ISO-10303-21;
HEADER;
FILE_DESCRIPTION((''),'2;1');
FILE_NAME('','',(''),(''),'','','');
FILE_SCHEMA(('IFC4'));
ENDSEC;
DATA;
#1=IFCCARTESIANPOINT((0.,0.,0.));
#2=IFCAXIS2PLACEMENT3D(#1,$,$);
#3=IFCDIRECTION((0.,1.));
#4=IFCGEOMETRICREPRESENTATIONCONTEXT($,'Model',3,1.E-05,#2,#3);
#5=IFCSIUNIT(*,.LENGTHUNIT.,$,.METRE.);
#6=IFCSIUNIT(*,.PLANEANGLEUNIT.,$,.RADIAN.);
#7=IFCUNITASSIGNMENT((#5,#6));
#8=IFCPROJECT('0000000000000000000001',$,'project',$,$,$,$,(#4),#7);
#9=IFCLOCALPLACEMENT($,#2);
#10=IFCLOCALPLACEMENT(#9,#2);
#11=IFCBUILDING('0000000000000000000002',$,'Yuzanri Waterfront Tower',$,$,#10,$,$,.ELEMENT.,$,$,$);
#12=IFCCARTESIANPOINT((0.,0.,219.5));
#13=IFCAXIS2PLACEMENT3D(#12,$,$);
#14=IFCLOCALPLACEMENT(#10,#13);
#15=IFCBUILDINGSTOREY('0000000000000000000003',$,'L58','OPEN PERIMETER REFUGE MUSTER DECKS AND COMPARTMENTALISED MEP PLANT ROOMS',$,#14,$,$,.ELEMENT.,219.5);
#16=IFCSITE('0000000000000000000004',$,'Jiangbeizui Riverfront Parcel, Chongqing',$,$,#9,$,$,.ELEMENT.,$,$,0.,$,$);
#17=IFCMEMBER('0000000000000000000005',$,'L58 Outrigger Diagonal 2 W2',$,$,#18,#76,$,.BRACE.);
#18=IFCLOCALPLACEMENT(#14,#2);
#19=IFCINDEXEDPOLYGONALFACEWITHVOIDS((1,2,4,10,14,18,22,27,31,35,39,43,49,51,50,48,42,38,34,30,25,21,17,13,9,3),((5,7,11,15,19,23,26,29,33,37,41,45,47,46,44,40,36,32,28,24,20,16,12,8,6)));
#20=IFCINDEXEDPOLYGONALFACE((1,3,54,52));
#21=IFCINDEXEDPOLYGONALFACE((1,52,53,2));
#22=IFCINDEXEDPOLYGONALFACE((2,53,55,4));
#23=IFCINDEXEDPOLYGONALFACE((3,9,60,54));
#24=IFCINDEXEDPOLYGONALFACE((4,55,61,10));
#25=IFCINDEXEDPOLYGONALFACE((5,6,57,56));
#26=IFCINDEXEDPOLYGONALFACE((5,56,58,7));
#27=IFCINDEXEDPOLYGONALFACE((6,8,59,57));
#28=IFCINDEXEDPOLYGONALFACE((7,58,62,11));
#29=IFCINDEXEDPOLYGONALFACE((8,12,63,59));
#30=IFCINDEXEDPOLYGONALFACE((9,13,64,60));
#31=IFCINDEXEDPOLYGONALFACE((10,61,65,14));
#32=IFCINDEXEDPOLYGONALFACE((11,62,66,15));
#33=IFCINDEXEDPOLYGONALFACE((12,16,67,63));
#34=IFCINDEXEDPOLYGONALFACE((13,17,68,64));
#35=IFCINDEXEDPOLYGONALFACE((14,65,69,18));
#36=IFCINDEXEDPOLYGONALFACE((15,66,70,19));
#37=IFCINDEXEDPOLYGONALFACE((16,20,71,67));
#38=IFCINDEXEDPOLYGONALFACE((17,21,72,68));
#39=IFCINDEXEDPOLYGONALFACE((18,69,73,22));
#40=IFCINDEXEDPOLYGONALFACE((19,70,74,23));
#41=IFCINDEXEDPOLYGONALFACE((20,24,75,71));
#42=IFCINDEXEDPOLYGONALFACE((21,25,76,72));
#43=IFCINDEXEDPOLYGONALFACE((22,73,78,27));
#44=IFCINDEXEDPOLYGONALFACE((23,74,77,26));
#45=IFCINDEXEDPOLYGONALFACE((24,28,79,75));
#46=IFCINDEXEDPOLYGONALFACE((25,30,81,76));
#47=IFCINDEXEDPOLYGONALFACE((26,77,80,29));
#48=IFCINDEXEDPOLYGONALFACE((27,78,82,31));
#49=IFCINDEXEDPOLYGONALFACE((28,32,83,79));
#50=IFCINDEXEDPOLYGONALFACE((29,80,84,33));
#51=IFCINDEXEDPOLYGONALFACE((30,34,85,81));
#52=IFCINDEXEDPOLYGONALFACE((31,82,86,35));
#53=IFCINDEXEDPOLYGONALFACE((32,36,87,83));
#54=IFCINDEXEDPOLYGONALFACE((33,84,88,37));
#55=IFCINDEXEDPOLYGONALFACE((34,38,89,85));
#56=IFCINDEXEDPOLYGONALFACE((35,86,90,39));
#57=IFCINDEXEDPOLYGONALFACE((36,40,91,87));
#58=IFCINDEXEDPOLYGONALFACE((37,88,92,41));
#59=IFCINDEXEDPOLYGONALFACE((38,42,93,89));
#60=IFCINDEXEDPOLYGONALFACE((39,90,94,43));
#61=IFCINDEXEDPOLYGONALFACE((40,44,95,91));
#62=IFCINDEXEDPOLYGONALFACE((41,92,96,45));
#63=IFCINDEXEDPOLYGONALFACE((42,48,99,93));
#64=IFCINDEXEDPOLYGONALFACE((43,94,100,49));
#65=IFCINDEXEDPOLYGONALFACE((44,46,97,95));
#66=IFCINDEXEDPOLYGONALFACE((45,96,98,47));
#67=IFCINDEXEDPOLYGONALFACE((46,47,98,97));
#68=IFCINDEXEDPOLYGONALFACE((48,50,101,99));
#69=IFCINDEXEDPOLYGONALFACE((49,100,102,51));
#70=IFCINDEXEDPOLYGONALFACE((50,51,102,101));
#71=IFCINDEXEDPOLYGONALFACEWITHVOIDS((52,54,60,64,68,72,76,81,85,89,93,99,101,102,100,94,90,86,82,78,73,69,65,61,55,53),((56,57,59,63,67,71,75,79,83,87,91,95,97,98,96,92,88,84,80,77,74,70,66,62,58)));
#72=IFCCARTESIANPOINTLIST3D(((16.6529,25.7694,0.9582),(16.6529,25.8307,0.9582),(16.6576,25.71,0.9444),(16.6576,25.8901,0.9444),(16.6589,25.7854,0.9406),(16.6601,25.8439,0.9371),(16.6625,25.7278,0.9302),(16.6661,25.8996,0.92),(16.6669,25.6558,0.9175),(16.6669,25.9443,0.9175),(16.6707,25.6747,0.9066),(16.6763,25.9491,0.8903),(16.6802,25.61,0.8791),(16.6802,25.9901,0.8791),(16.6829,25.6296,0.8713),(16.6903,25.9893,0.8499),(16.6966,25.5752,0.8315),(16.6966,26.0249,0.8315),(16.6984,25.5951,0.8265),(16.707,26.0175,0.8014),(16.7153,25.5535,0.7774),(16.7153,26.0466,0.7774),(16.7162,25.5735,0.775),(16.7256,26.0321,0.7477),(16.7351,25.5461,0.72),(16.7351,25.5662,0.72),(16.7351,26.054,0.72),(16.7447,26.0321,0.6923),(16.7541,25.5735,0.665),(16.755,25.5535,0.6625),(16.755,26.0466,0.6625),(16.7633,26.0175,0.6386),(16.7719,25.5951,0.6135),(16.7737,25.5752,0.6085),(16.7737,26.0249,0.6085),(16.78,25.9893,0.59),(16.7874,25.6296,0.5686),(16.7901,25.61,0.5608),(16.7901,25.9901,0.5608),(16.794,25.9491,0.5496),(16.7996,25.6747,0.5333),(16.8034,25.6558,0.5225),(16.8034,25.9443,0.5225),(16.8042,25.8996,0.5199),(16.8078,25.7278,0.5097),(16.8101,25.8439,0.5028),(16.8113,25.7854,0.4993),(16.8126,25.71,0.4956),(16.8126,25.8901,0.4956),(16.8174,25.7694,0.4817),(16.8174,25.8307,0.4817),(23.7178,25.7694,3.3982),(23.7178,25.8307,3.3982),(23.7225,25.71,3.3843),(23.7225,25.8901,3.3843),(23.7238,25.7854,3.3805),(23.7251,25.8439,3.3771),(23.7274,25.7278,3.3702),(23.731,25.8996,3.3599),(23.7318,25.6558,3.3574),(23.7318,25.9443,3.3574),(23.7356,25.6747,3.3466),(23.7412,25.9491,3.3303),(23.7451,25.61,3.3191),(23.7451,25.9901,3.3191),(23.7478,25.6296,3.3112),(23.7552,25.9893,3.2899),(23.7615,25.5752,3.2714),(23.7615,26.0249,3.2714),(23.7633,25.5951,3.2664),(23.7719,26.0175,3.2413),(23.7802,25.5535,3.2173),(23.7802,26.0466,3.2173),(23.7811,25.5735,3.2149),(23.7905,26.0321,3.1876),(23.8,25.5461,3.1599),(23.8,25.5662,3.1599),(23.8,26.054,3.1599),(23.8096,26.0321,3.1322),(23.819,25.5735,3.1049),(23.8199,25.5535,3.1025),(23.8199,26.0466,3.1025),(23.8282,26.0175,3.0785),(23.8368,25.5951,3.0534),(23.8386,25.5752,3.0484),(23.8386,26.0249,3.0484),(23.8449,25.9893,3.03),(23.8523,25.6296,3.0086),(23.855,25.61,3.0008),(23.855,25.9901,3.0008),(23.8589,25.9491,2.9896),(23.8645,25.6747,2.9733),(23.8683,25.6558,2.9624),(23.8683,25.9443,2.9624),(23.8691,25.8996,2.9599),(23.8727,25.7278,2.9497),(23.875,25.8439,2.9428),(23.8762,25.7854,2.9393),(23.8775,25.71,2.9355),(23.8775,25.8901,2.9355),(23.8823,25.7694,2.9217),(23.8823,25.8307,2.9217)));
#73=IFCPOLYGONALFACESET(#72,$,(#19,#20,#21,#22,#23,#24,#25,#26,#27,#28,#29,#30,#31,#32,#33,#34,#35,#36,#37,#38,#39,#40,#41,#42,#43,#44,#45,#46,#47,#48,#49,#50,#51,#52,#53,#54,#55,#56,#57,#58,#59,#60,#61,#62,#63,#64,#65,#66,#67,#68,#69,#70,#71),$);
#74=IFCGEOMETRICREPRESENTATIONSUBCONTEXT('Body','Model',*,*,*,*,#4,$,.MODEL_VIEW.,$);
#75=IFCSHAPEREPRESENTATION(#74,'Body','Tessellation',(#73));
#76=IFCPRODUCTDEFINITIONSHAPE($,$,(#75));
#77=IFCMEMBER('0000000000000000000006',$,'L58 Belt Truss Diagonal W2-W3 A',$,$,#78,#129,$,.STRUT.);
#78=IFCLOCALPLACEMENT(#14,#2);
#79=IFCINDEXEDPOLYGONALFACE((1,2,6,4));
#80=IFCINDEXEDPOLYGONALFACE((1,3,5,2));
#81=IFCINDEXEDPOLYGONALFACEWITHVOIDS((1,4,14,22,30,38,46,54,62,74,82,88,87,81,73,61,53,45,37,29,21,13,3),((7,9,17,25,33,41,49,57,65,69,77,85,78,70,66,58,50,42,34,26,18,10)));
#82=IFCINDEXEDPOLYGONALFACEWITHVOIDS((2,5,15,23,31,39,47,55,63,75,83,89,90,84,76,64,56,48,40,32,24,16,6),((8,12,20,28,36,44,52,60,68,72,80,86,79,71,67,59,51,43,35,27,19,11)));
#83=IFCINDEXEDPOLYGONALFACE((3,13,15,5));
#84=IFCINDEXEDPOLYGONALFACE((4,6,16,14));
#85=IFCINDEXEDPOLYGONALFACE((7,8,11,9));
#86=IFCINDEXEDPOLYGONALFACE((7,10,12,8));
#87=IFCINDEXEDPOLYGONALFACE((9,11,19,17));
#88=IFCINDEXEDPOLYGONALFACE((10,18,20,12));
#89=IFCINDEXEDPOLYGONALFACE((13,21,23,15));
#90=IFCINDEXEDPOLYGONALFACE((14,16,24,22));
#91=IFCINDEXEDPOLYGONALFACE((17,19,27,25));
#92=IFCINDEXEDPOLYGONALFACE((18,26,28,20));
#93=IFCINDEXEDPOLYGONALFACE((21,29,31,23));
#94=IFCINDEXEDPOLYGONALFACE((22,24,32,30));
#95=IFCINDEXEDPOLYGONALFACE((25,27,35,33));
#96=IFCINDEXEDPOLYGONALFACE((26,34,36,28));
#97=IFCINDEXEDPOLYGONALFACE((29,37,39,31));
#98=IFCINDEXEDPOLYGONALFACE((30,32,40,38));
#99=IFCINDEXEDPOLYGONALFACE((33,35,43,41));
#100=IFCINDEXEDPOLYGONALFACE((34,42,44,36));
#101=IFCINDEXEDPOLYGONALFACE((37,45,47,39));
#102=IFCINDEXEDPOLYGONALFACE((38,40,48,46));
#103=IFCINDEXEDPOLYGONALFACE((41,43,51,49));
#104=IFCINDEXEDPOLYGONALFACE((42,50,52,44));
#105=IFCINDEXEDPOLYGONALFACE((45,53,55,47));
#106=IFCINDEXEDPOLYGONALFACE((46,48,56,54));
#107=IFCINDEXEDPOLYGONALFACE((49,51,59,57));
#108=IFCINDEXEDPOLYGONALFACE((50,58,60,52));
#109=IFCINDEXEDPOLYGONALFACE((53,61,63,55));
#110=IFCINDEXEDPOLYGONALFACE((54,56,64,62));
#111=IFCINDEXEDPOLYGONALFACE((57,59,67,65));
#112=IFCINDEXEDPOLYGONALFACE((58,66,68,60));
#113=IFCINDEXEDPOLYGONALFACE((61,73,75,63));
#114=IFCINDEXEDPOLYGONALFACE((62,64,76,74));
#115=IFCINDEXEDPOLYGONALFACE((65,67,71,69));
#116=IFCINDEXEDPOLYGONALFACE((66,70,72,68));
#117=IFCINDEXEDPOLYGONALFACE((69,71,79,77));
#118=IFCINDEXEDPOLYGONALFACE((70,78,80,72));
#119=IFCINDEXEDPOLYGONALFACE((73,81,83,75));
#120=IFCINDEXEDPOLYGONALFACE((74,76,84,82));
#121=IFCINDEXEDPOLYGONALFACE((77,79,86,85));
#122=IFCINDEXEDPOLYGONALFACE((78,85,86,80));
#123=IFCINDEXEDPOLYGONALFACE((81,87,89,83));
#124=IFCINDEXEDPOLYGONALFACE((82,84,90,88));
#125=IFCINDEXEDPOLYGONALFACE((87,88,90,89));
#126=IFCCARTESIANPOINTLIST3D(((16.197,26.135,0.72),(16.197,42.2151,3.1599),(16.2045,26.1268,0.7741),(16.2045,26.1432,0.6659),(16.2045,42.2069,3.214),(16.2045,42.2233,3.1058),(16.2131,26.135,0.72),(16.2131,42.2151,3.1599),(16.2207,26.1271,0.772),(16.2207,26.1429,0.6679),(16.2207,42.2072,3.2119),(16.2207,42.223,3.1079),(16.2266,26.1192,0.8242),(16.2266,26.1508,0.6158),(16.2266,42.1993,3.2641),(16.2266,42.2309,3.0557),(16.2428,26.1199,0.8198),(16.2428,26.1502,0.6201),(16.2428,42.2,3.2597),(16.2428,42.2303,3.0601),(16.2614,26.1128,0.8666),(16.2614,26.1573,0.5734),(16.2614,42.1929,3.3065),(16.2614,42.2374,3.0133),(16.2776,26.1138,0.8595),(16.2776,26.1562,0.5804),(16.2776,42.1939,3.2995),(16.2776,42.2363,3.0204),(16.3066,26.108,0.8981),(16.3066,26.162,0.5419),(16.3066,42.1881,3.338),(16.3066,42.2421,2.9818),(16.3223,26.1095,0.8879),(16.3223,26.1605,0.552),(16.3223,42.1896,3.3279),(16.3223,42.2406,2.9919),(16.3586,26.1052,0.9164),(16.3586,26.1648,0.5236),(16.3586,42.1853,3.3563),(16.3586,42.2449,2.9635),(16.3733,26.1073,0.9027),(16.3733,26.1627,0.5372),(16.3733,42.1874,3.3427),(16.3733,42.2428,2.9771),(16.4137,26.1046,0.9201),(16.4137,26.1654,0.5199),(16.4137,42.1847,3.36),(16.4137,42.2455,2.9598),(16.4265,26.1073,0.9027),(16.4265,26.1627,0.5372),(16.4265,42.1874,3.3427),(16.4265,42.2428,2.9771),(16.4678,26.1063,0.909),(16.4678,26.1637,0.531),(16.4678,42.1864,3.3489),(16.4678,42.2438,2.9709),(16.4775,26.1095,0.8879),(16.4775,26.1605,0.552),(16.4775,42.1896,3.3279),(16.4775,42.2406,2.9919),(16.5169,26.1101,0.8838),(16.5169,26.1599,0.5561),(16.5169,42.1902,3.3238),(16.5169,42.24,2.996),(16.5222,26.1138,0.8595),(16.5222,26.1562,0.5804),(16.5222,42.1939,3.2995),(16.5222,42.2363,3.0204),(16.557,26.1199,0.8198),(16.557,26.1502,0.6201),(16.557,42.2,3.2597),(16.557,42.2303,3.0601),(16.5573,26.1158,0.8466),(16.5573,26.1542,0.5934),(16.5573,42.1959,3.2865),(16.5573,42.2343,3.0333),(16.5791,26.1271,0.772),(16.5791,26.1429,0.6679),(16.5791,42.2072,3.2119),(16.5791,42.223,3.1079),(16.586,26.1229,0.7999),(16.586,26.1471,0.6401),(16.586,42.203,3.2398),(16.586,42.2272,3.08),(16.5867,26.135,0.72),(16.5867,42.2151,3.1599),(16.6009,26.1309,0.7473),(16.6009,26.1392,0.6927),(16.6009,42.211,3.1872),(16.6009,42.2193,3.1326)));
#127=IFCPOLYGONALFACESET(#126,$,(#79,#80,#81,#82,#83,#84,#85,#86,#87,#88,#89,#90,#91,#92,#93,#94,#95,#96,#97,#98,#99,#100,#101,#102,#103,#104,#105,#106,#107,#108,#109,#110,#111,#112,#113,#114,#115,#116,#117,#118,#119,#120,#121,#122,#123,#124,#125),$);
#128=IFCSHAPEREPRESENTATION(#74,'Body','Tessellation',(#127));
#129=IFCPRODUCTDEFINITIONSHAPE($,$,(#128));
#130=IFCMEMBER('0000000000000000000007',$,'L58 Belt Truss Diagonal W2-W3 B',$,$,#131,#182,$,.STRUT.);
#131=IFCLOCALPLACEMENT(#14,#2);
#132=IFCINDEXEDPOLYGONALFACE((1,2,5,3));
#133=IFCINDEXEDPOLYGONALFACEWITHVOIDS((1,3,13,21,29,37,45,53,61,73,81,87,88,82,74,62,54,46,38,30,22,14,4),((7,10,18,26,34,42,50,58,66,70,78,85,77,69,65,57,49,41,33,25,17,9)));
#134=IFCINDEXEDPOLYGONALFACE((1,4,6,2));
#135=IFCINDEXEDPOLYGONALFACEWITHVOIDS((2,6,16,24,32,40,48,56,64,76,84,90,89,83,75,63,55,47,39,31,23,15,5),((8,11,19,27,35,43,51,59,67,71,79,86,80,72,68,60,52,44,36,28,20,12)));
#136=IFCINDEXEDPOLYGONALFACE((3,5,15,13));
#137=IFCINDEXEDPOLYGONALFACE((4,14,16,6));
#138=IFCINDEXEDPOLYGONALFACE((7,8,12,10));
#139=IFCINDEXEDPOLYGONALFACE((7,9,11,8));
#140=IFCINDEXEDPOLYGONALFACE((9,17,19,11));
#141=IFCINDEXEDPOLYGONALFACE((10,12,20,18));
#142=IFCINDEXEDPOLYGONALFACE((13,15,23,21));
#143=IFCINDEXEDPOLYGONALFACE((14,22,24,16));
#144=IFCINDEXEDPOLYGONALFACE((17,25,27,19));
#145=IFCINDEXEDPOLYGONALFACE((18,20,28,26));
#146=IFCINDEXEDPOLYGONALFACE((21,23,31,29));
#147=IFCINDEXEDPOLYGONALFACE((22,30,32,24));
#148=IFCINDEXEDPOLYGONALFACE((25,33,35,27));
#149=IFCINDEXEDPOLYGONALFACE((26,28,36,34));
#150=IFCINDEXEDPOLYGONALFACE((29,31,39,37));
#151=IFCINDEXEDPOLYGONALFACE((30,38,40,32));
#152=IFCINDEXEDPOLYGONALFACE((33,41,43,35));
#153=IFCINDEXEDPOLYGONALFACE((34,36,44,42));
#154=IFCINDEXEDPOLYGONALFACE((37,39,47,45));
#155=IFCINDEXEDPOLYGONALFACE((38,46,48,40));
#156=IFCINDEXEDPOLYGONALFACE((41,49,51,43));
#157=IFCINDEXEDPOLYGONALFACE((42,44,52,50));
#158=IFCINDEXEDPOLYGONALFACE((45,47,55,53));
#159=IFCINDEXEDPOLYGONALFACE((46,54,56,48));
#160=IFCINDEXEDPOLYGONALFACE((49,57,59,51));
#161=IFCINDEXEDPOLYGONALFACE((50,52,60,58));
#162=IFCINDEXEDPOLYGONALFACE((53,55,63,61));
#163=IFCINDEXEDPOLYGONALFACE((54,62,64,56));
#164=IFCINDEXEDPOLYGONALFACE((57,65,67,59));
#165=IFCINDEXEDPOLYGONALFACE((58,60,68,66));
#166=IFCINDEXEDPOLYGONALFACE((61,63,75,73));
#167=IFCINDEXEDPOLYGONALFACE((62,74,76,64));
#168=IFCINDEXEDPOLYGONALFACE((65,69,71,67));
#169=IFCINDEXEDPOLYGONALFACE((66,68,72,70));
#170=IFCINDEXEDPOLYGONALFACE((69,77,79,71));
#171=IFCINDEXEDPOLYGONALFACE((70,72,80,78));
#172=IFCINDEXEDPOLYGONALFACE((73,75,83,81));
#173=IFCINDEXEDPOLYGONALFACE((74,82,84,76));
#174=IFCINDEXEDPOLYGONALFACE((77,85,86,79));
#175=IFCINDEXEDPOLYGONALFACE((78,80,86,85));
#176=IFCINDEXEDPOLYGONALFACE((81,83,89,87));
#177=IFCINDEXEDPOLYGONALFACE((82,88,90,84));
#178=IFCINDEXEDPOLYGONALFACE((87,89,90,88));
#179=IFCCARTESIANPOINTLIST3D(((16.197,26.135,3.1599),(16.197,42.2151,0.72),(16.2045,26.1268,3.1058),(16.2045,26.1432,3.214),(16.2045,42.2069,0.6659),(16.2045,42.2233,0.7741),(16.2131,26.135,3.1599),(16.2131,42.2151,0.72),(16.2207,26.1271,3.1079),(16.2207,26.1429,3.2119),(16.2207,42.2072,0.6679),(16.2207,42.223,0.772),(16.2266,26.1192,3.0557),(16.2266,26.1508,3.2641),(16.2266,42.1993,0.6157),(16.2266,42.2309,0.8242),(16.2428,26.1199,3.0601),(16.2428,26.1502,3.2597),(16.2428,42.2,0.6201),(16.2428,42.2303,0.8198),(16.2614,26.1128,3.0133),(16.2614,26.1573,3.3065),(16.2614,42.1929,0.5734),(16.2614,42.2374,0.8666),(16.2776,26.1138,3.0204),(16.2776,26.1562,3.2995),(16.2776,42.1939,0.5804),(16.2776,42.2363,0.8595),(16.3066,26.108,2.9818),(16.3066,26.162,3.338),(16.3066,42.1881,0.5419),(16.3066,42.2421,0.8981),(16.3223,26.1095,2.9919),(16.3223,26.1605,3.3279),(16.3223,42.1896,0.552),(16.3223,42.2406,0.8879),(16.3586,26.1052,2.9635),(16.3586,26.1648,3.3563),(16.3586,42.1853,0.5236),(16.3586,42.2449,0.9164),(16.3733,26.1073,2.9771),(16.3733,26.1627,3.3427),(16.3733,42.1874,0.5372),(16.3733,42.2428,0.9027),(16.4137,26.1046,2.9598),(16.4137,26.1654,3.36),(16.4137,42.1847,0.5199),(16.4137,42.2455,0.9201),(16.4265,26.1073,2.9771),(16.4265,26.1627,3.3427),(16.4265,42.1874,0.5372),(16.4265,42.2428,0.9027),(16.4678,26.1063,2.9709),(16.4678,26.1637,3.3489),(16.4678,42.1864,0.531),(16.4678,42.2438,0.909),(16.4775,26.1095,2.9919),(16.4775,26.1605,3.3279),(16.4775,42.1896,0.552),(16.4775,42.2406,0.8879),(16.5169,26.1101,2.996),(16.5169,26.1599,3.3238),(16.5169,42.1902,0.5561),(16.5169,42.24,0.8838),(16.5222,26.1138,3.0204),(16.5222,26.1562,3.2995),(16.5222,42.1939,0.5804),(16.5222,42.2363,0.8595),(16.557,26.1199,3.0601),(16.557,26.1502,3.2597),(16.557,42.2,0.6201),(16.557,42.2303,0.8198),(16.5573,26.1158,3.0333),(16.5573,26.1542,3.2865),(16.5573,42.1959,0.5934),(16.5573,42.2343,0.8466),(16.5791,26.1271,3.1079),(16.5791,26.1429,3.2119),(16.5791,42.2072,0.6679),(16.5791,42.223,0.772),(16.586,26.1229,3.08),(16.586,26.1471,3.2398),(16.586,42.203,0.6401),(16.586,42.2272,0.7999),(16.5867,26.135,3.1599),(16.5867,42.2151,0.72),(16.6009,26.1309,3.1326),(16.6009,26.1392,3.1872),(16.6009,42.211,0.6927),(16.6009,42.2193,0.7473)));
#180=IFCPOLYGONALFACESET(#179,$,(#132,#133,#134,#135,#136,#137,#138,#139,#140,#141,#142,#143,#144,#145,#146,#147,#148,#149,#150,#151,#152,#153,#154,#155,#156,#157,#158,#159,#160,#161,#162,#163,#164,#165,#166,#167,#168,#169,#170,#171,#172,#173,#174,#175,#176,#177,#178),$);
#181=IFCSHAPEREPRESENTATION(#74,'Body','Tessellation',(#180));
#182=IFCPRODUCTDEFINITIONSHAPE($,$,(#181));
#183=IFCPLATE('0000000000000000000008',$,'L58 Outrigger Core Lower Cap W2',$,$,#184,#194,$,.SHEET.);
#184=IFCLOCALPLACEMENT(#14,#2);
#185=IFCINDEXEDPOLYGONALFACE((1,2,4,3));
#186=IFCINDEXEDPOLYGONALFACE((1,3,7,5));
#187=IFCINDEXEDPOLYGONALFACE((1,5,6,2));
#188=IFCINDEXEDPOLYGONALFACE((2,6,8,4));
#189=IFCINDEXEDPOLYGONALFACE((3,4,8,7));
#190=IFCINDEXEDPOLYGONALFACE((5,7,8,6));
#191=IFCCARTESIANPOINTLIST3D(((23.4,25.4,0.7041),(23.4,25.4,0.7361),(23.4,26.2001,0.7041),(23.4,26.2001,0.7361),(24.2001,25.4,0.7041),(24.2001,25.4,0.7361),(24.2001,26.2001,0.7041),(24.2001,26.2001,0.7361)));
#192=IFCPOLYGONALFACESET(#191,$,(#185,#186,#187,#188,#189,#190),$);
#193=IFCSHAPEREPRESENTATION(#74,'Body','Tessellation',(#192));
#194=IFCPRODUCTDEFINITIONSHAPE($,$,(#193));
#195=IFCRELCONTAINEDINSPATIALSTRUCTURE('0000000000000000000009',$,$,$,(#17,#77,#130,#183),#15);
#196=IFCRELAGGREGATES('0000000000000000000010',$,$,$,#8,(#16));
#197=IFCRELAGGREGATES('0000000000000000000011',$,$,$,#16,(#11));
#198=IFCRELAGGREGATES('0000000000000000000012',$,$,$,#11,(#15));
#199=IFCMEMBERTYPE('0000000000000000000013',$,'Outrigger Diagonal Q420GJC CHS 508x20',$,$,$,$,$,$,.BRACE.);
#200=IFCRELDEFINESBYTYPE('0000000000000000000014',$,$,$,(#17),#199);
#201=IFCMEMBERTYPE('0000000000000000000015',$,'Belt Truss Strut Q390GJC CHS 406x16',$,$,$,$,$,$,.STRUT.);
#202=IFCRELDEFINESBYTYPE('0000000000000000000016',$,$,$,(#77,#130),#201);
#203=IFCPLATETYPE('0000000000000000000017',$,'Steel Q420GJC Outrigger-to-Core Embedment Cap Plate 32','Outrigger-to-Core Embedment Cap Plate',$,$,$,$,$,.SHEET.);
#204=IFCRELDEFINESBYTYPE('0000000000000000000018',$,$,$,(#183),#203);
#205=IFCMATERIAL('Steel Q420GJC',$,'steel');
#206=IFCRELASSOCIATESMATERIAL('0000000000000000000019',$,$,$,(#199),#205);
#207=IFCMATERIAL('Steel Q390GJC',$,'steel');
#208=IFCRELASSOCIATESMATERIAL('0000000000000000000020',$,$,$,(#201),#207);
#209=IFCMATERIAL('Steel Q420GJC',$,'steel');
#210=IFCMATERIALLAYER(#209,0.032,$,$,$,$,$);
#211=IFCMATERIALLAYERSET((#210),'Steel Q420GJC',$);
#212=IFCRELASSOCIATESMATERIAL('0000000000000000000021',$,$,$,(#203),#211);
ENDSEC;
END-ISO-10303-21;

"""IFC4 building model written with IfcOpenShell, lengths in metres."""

from ifc_helpers import new_model, si_unit, direction, frame, origin, origin_2d, place, context, subcontext, project, spatial, rectangle, hollow_circle, extrude, source, transform, mapped, material, layer, layer_set, material_profile, profile_set, type_object, element, save


model = new_model("IFC4")

# Units and contexts
model_context = context("Model", 3, precision=1e-05, world=origin(), true_north=direction((0.0, 1.0)))
body_context = subcontext(model_context, "Body", "Model", "MODEL_VIEW")
ifc_project = project(units=[si_unit("LENGTHUNIT", "METRE"), si_unit("PLANEANGLEUNIT", "RADIAN")], contexts=[model_context])

# Site, building, storey
site_placement = place(None, origin())
site = spatial("IfcSite", under=ifc_project, at=site_placement, Name="Jiangbeizui Riverfront Parcel, Chongqing", CompositionType="ELEMENT", RefElevation=0.0)
building_placement = place(site_placement, origin())
building = spatial("IfcBuilding", under=site, at=building_placement, Name="Yuzanri Waterfront Tower", CompositionType="ELEMENT")
storey_placement = place(building_placement, frame((0.0, 0.0, 219.5)))
storey = spatial("IfcBuildingStorey", under=building, at=storey_placement, Name="L58", Description="OPEN PERIMETER REFUGE MUSTER DECKS AND COMPARTMENTALISED MEP PLANT ROOMS", CompositionType="ELEMENT", Elevation=219.5)

# Members
ifc_material_1 = material(Name="Steel Q420GJC", Category="steel")
ifc_material_profile_1 = material_profile(ifc_material_1, hollow_circle(Radius=0.2539, WallThickness=0.02, at=origin_2d()), Name="CHS 508x20")
ifc_profile_set_1 = profile_set([ifc_material_profile_1], Name="Steel Q420GJC")
member_type_1 = type_object("IfcMemberType", Name="Outrigger Diagonal Q420GJC CHS 508x20", PredefinedType="BRACE", material=ifc_profile_set_1)
shared_shape_1 = source(origin(), body_context, "Body", "SweptSolid", [
    extrude(hollow_circle(Radius=0.2539, WallThickness=0.02, at=origin_2d()), origin(), (0.0, 0.0, 1.0), 7.4744),
])
for number, where, z_axis, x_axis, name in (
    (1, (23.8, 25.8, 3.1599), (-0.945218, 0.0, -0.32644), (0.0, -1.0, 0.0), "L58 Outrigger Diagonal 2 W2"),
):
    element("IfcMember", number, at=place(storey_placement, frame(where, z_axis=z_axis, x_axis=x_axis)), inside=storey, type_object=member_type_1, Name=name, PredefinedType="BRACE", context=body_context, shape_type="MappedRepresentation", body=[
        mapped(shared_shape_1, transform((0.0, 0.0, 0.0), scale=1.0)),
    ])
ifc_material_2 = material(Name="Steel Q390GJC", Category="steel")
ifc_material_profile_2 = material_profile(ifc_material_2, hollow_circle(Radius=0.2029, WallThickness=0.0161, at=origin_2d()), Name="CHS 406x16")
ifc_profile_set_2 = profile_set([ifc_material_profile_2], Name="Steel Q390GJC")
member_type_2 = type_object("IfcMemberType", Name="Belt Truss Strut Q390GJC CHS 406x16", PredefinedType="STRUT", material=ifc_profile_set_2)
shared_shape_2 = source(origin(), body_context, "Body", "SweptSolid", [
    extrude(hollow_circle(Radius=0.2029, WallThickness=0.0161, at=origin_2d()), origin(), (0.0, 0.0, 1.0), 16.2642),
])
for number, where, z_axis, x_axis, name in (
    (2, (16.3999, 26.135, 0.72), (0.0, 0.988683, 0.15002), (-1.0, 0.0, 0.0), "L58 Belt Truss Diagonal W2-W3 A"),
    (3, (16.3999, 26.135, 3.1599), (0.0, 0.988683, -0.15002), (-1.0, 0.0, 0.0), "L58 Belt Truss Diagonal W2-W3 B"),
):
    element("IfcMember", number, at=place(storey_placement, frame(where, z_axis=z_axis, x_axis=x_axis)), inside=storey, type_object=member_type_2, Name=name, PredefinedType="STRUT", context=body_context, shape_type="MappedRepresentation", body=[
        mapped(shared_shape_2, transform((0.0, 0.0, 0.0), scale=1.0)),
    ])

# Plate
ifc_material_3 = material(Name="Steel Q420GJC", Category="steel")
ifc_layer_1 = layer(ifc_material_3, 0.032)
ifc_layer_set_1 = layer_set([ifc_layer_1], Name="Steel Q420GJC")
plate_type = type_object("IfcPlateType", Name="Steel Q420GJC Outrigger-to-Core Embedment Cap Plate 32", Description="Outrigger-to-Core Embedment Cap Plate", PredefinedType="SHEET", material=ifc_layer_set_1)
shared_shape_3 = source(origin(), body_context, "Body", "SweptSolid", [
    extrude(rectangle(XDim=0.8, YDim=0.8, at=origin_2d()), origin(), (0.0, 0.0, 1.0), 0.032),
])
for number, where, z_axis, x_axis, name in (
    (4, (23.8, 25.8, 0.7041), (0.0, 0.0, 1.0), (1.0, 0.0, 0.0), "L58 Outrigger Core Lower Cap W2"),
):
    element("IfcPlate", number, at=place(storey_placement, frame(where, z_axis=z_axis, x_axis=x_axis)), inside=storey, type_object=plate_type, Name=name, PredefinedType="SHEET", context=body_context, shape_type="MappedRepresentation", body=[
        mapped(shared_shape_3, transform((0.0, 0.0, 0.0), scale=1.0)),
    ])

save(model, "model.ifc")
